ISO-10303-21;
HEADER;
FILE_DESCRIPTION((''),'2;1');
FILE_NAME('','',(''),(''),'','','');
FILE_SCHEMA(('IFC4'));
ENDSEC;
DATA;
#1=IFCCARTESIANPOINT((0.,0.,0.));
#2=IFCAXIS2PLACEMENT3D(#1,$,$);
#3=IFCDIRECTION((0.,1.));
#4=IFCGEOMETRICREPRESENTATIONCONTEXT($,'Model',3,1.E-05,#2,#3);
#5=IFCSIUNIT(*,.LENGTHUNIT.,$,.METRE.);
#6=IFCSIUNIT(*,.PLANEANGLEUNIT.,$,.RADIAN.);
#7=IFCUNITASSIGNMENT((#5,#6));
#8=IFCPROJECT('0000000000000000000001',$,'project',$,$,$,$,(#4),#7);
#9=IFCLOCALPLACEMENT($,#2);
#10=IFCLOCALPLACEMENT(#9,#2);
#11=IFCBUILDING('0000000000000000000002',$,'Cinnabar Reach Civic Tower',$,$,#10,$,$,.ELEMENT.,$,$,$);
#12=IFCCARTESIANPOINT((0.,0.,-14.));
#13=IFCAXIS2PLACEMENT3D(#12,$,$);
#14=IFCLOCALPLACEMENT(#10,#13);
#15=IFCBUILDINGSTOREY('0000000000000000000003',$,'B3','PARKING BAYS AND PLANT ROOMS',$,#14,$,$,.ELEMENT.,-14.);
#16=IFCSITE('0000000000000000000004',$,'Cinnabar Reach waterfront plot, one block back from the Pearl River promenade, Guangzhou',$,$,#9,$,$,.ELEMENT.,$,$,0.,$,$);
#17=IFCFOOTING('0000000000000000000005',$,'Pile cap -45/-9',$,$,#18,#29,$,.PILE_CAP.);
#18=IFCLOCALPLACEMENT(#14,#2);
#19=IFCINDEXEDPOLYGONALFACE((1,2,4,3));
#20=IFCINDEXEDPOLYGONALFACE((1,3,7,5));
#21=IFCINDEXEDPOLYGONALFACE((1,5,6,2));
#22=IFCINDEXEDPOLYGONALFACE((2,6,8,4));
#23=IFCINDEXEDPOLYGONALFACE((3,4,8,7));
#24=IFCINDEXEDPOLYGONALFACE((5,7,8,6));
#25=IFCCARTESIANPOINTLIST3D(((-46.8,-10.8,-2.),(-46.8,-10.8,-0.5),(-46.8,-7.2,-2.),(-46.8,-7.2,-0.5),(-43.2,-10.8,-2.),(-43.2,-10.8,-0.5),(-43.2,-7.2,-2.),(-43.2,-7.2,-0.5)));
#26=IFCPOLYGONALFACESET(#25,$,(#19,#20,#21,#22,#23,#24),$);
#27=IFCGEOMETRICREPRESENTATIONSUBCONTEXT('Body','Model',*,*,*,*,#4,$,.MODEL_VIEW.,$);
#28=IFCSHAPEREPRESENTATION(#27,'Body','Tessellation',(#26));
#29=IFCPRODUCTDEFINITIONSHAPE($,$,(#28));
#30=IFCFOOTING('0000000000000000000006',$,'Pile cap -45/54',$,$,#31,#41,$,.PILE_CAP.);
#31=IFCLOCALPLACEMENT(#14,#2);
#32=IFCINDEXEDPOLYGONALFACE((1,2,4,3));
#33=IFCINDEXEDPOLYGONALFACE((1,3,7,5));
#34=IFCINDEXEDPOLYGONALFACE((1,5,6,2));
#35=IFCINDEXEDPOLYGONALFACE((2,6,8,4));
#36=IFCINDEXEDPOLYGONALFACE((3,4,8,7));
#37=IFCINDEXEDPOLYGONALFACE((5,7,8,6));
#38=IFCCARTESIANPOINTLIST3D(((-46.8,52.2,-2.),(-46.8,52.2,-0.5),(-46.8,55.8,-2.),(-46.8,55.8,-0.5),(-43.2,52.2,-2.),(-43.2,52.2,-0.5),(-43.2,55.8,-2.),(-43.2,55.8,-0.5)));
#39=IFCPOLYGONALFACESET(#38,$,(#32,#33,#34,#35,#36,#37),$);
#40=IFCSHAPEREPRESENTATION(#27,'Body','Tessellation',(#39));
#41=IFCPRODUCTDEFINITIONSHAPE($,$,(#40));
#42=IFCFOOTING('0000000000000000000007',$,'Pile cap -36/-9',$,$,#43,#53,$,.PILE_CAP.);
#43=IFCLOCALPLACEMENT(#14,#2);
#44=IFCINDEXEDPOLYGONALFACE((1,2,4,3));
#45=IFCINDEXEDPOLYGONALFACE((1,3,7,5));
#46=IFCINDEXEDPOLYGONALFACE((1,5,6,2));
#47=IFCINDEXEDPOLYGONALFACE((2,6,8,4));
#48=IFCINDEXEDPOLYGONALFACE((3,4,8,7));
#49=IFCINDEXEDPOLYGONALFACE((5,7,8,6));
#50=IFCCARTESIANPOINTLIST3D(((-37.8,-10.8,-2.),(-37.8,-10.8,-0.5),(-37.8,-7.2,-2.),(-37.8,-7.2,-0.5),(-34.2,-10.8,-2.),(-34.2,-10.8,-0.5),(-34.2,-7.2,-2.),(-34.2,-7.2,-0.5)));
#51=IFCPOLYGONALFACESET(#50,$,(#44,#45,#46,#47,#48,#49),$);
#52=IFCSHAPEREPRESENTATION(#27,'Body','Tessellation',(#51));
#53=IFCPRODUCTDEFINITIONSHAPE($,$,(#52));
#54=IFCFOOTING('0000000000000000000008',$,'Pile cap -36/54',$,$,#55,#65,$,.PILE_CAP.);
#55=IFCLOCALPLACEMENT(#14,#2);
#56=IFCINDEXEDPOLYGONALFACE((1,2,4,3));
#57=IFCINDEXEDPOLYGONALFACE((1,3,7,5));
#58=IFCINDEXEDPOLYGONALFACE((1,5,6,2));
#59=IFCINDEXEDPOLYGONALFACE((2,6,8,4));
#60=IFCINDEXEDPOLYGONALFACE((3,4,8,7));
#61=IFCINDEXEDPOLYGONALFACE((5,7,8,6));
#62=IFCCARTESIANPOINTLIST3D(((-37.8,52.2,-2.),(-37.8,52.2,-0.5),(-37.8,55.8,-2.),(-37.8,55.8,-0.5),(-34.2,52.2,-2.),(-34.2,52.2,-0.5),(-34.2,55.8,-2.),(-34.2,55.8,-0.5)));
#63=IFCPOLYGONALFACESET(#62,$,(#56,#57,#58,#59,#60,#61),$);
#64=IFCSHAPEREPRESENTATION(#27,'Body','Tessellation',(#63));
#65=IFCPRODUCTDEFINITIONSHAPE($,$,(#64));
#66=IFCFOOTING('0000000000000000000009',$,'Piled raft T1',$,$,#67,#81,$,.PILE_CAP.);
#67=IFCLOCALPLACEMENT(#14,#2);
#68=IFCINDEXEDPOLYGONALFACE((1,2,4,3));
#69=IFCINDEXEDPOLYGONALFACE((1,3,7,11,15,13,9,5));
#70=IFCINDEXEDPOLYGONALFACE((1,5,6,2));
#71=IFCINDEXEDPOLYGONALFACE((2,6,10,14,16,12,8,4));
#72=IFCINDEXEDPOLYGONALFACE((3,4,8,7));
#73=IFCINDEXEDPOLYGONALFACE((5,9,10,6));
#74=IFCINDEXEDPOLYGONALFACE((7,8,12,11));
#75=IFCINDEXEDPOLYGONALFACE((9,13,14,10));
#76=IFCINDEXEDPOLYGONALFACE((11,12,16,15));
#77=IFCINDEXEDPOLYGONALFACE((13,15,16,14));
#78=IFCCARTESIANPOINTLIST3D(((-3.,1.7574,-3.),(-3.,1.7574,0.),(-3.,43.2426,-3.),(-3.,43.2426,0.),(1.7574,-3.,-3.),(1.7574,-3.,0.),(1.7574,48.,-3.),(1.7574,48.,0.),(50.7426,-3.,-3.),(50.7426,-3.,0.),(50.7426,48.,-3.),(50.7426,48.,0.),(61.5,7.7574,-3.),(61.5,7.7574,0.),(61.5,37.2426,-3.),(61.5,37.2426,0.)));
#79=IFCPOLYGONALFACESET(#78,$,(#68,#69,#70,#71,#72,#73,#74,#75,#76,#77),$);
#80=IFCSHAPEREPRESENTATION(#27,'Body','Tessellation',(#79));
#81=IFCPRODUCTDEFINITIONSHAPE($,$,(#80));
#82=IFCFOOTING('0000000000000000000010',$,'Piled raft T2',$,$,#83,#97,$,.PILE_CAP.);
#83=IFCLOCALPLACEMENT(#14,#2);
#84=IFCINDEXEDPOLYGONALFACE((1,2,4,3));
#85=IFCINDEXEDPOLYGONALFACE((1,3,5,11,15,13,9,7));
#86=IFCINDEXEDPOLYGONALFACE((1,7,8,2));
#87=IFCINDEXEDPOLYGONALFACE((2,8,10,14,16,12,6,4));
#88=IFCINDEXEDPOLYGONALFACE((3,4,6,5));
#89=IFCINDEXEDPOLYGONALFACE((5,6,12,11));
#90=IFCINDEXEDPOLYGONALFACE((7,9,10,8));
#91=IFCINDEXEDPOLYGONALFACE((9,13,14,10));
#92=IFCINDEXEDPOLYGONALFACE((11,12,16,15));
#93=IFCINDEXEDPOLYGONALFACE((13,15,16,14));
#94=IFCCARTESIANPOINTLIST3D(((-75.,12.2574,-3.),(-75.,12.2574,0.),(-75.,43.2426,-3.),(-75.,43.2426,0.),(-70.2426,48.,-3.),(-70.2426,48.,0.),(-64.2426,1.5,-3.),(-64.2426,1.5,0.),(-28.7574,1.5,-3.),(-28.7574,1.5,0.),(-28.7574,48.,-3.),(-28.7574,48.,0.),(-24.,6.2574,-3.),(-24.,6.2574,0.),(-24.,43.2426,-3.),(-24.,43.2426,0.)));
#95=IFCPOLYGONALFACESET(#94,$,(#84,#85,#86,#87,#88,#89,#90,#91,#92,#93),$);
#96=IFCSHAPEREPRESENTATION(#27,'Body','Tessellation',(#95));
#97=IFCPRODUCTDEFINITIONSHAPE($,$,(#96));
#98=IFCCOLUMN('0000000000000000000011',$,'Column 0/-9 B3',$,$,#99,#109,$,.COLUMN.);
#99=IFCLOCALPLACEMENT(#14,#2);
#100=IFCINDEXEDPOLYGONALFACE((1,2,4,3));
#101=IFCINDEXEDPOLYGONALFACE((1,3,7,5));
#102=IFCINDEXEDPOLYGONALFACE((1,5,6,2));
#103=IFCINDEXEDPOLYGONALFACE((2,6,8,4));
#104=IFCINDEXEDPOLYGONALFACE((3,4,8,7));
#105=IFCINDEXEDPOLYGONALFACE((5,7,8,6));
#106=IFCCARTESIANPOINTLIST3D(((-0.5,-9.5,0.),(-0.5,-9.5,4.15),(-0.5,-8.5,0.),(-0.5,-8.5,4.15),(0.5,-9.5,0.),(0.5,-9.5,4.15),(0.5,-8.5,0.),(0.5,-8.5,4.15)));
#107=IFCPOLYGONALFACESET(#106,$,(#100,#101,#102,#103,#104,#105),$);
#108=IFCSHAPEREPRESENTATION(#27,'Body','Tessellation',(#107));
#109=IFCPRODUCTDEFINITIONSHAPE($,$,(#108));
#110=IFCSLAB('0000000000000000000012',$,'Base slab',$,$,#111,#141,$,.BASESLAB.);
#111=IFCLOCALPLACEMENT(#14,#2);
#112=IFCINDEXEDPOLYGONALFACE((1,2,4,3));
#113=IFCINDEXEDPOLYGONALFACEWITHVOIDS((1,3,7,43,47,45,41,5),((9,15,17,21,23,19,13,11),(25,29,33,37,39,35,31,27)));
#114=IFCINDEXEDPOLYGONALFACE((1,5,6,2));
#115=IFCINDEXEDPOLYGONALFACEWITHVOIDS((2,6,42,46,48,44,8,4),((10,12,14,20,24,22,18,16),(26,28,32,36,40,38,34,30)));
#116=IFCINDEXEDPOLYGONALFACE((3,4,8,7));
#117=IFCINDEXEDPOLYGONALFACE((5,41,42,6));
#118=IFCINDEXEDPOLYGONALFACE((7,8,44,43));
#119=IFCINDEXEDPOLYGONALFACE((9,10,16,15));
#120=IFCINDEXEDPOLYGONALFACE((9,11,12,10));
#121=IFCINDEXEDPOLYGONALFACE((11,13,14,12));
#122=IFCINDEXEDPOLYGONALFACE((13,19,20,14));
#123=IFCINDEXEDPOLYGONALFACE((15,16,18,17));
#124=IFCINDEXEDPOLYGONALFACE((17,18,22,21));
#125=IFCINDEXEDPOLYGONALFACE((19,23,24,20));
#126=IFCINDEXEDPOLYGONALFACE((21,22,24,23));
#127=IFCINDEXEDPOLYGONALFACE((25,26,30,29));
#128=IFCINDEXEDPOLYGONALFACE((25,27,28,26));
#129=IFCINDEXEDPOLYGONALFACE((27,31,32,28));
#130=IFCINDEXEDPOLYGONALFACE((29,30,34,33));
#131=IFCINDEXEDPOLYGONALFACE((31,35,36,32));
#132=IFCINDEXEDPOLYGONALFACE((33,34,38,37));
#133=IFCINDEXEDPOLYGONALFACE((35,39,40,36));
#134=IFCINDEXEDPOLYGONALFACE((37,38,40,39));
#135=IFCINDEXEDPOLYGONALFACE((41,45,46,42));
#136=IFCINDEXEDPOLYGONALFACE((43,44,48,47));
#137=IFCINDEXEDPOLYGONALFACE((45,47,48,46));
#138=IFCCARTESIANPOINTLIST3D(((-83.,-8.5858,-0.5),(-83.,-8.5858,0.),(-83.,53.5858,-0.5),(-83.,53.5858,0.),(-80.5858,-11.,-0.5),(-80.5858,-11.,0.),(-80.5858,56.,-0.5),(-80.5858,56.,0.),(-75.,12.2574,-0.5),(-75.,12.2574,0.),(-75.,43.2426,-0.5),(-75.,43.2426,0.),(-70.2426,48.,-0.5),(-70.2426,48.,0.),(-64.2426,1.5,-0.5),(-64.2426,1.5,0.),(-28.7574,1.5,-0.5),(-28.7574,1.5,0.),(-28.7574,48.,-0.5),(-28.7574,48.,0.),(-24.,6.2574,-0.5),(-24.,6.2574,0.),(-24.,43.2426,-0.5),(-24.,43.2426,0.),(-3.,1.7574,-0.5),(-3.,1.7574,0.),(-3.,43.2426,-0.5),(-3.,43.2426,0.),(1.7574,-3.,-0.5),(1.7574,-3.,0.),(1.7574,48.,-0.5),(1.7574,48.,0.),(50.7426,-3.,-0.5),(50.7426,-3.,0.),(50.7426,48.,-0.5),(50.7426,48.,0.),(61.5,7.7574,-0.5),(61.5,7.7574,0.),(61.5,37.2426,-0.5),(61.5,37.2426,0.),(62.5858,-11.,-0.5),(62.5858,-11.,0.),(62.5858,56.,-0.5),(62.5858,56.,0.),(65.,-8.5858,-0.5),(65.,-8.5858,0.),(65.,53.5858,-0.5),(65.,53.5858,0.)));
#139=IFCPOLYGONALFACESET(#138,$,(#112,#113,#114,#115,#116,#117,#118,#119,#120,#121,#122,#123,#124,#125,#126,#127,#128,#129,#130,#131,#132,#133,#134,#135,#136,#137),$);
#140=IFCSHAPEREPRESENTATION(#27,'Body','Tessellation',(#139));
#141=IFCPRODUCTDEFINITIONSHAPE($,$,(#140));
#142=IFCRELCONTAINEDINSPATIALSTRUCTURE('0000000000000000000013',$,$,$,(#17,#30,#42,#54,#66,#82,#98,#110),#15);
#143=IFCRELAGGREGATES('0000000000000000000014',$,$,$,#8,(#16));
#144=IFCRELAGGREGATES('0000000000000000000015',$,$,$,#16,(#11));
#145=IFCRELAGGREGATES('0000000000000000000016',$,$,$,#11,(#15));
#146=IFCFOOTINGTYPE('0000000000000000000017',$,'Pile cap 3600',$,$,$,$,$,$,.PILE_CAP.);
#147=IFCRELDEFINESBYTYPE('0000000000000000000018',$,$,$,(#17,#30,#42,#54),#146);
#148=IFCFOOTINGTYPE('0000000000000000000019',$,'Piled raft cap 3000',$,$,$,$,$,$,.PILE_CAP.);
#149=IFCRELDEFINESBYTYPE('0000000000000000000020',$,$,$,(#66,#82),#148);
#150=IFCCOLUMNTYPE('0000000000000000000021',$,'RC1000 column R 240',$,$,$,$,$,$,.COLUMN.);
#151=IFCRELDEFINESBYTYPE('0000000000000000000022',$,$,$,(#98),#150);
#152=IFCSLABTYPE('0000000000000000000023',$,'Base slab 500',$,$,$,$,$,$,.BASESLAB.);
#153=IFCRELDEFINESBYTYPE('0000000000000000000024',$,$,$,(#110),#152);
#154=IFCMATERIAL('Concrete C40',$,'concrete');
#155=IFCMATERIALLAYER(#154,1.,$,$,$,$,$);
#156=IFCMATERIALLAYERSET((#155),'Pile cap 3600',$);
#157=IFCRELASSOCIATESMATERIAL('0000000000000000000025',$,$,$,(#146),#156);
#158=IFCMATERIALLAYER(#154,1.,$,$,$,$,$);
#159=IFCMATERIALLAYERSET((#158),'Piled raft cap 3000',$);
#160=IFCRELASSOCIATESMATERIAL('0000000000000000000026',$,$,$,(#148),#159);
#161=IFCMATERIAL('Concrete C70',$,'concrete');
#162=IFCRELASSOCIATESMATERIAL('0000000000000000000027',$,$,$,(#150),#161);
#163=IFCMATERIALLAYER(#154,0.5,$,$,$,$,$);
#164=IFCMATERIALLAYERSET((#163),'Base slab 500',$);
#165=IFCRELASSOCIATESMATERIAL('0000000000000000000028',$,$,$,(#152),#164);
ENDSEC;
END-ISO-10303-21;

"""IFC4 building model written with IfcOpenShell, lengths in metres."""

from ifc_helpers import new_model, si_unit, direction, frame, origin, origin_2d, place, context, subcontext, project, spatial, polyline, rectangle, outline, extrude, material, layer, layer_set, material_profile, profile_set, type_object, element, save


model = new_model("IFC4")

# Units and contexts
model_context = context("Model", 3, precision=1e-05, world=origin(), true_north=direction((0.0, 1.0)))
body_context = subcontext(model_context, "Body", "Model", "MODEL_VIEW")
ifc_project = project(units=[si_unit("LENGTHUNIT", "METRE"), si_unit("PLANEANGLEUNIT", "RADIAN")], contexts=[model_context])

# Site, building, storey
site_placement = place(None, origin())
site = spatial("IfcSite", under=ifc_project, at=site_placement, Name="Cinnabar Reach waterfront plot, one block back from the Pearl River promenade, Guangzhou", CompositionType="ELEMENT", RefElevation=0.0)
building_placement = place(site_placement, origin())
building = spatial("IfcBuilding", under=site, at=building_placement, Name="Cinnabar Reach Civic Tower", CompositionType="ELEMENT")
storey_placement = place(building_placement, frame((0.0, 0.0, -14.0)))
storey = spatial("IfcBuildingStorey", under=building, at=storey_placement, Name="B3", Description="PARKING BAYS AND PLANT ROOMS", CompositionType="ELEMENT", Elevation=-14.0)

# Shared definitions
ifc_material_1 = material(Name="Concrete C40", Category="concrete")

# Footings
ifc_layer_1 = layer(ifc_material_1, 1.0)
ifc_layer_set_1 = layer_set([ifc_layer_1], Name="Pile cap 3600")
footing_type_1 = type_object("IfcFootingType", Name="Pile cap 3600", PredefinedType="PILE_CAP", material=ifc_layer_set_1)
footing_1_placement = place(storey_placement, frame((0.0, 0.0, -2.0)))
element("IfcFooting", 1, at=footing_1_placement, inside=storey, type_object=footing_type_1, Name="Pile cap -45/-9", PredefinedType="PILE_CAP", context=body_context, shape_type="SweptSolid", body=[
    extrude(outline(polyline([(-46.8, -10.8), (-43.2, -10.8), (-43.2, -7.2), (-46.8, -7.2), (-46.8, -10.8)])), origin(), (0.0, 0.0, 1.0), 1.5),
])
footing_2_placement = place(storey_placement, frame((0.0, 0.0, -2.0)))
element("IfcFooting", 2, at=footing_2_placement, inside=storey, type_object=footing_type_1, Name="Pile cap -45/54", PredefinedType="PILE_CAP", context=body_context, shape_type="SweptSolid", body=[
    extrude(outline(polyline([(-46.8, 52.2), (-43.2, 52.2), (-43.2, 55.8), (-46.8, 55.8), (-46.8, 52.2)])), origin(), (0.0, 0.0, 1.0), 1.5),
])
footing_3_placement = place(storey_placement, frame((0.0, 0.0, -2.0)))
element("IfcFooting", 3, at=footing_3_placement, inside=storey, type_object=footing_type_1, Name="Pile cap -36/-9", PredefinedType="PILE_CAP", context=body_context, shape_type="SweptSolid", body=[
    extrude(outline(polyline([(-37.8, -10.8), (-34.2, -10.8), (-34.2, -7.2), (-37.8, -7.2), (-37.8, -10.8)])), origin(), (0.0, 0.0, 1.0), 1.5),
])
footing_4_placement = place(storey_placement, frame((0.0, 0.0, -2.0)))
element("IfcFooting", 4, at=footing_4_placement, inside=storey, type_object=footing_type_1, Name="Pile cap -36/54", PredefinedType="PILE_CAP", context=body_context, shape_type="SweptSolid", body=[
    extrude(outline(polyline([(-37.8, 52.2), (-34.2, 52.2), (-34.2, 55.8), (-37.8, 55.8), (-37.8, 52.2)])), origin(), (0.0, 0.0, 1.0), 1.5),
])
ifc_layer_2 = layer(ifc_material_1, 1.0)
ifc_layer_set_2 = layer_set([ifc_layer_2], Name="Piled raft cap 3000")
footing_type_2 = type_object("IfcFootingType", Name="Piled raft cap 3000", PredefinedType="PILE_CAP", material=ifc_layer_set_2)
footing_5_placement = place(storey_placement, frame((0.0, 0.0, -3.0)))
element("IfcFooting", 5, at=footing_5_placement, inside=storey, type_object=footing_type_2, Name="Piled raft T1", PredefinedType="PILE_CAP", context=body_context, shape_type="SweptSolid", body=[
    extrude(outline(polyline([(1.7574, -3.0), (-3.0, 1.7574), (-3.0, 43.2426), (1.7574, 48.0), (50.7426, 48.0), (61.5, 37.2426), (61.5, 7.7574), (50.7426, -3.0), (1.7574, -3.0)])), origin(), (0.0, 0.0, 1.0), 3.0),
])
footing_6_placement = place(storey_placement, frame((0.0, 0.0, -3.0)))
element("IfcFooting", 6, at=footing_6_placement, inside=storey, type_object=footing_type_2, Name="Piled raft T2", PredefinedType="PILE_CAP", context=body_context, shape_type="SweptSolid", body=[
    extrude(outline(polyline([(-64.2426, 1.5), (-75.0, 12.2574), (-75.0, 43.2426), (-70.2426, 48.0), (-28.7574, 48.0), (-24.0, 43.2426), (-24.0, 6.2574), (-28.7574, 1.5), (-64.2426, 1.5)])), origin(), (0.0, 0.0, 1.0), 3.0),
])

# Column
ifc_material_2 = material(Name="Concrete C70", Category="concrete")
ifc_material_profile = material_profile(ifc_material_2, rectangle(XDim=1.0, YDim=1.0, at=origin_2d()), Name="RC1000")
ifc_profile_set = profile_set([ifc_material_profile], Name="Concrete C70")
column_type = type_object("IfcColumnType", Name="RC1000 column R 240", PredefinedType="COLUMN", material=ifc_profile_set)
column_placement = place(storey_placement, frame((0.0, -9.0, 0.0), z_axis=(0.0, 0.0, 1.0), x_axis=(1.0, 0.0, 0.0)))
element("IfcColumn", 7, at=column_placement, inside=storey, type_object=column_type, Name="Column 0/-9 B3", PredefinedType="COLUMN", context=body_context, shape_type="SweptSolid", body=[
    extrude(rectangle(XDim=1.0, YDim=1.0, at=origin_2d()), origin(), (0.0, 0.0, 1.0), 4.15),
])

# Slab
ifc_layer_3 = layer(ifc_material_1, 0.5)
ifc_layer_set_3 = layer_set([ifc_layer_3], Name="Base slab 500")
slab_type = type_object("IfcSlabType", Name="Base slab 500", PredefinedType="BASESLAB", material=ifc_layer_set_3)
slab_placement = place(storey_placement, frame((0.0, 0.0, -0.5)))
element("IfcSlab", 8, at=slab_placement, inside=storey, type_object=slab_type, Name="Base slab", PredefinedType="BASESLAB", context=body_context, shape_type="SweptSolid", body=[
    extrude(outline(polyline([(-83.0, -8.5858), (-83.0, 53.5858), (-80.5858, 56.0), (62.5858, 56.0), (65.0, 53.5858), (65.0, -8.5858), (62.5858, -11.0), (-80.5858, -11.0), (-83.0, -8.5858)]), holes=[polyline([(1.7574, -3.0), (50.7426, -3.0), (61.5, 7.7574), (61.5, 37.2426), (50.7426, 48.0), (1.7574, 48.0), (-3.0, 43.2426), (-3.0, 1.7574), (1.7574, -3.0)]), polyline([(-64.2426, 1.5), (-28.7574, 1.5), (-24.0, 6.2574), (-24.0, 43.2426), (-28.7574, 48.0), (-70.2426, 48.0), (-75.0, 43.2426), (-75.0, 12.2574), (-64.2426, 1.5)])]), origin(), (0.0, 0.0, 1.0), 0.5),
])

save(model, "model.ifc")
